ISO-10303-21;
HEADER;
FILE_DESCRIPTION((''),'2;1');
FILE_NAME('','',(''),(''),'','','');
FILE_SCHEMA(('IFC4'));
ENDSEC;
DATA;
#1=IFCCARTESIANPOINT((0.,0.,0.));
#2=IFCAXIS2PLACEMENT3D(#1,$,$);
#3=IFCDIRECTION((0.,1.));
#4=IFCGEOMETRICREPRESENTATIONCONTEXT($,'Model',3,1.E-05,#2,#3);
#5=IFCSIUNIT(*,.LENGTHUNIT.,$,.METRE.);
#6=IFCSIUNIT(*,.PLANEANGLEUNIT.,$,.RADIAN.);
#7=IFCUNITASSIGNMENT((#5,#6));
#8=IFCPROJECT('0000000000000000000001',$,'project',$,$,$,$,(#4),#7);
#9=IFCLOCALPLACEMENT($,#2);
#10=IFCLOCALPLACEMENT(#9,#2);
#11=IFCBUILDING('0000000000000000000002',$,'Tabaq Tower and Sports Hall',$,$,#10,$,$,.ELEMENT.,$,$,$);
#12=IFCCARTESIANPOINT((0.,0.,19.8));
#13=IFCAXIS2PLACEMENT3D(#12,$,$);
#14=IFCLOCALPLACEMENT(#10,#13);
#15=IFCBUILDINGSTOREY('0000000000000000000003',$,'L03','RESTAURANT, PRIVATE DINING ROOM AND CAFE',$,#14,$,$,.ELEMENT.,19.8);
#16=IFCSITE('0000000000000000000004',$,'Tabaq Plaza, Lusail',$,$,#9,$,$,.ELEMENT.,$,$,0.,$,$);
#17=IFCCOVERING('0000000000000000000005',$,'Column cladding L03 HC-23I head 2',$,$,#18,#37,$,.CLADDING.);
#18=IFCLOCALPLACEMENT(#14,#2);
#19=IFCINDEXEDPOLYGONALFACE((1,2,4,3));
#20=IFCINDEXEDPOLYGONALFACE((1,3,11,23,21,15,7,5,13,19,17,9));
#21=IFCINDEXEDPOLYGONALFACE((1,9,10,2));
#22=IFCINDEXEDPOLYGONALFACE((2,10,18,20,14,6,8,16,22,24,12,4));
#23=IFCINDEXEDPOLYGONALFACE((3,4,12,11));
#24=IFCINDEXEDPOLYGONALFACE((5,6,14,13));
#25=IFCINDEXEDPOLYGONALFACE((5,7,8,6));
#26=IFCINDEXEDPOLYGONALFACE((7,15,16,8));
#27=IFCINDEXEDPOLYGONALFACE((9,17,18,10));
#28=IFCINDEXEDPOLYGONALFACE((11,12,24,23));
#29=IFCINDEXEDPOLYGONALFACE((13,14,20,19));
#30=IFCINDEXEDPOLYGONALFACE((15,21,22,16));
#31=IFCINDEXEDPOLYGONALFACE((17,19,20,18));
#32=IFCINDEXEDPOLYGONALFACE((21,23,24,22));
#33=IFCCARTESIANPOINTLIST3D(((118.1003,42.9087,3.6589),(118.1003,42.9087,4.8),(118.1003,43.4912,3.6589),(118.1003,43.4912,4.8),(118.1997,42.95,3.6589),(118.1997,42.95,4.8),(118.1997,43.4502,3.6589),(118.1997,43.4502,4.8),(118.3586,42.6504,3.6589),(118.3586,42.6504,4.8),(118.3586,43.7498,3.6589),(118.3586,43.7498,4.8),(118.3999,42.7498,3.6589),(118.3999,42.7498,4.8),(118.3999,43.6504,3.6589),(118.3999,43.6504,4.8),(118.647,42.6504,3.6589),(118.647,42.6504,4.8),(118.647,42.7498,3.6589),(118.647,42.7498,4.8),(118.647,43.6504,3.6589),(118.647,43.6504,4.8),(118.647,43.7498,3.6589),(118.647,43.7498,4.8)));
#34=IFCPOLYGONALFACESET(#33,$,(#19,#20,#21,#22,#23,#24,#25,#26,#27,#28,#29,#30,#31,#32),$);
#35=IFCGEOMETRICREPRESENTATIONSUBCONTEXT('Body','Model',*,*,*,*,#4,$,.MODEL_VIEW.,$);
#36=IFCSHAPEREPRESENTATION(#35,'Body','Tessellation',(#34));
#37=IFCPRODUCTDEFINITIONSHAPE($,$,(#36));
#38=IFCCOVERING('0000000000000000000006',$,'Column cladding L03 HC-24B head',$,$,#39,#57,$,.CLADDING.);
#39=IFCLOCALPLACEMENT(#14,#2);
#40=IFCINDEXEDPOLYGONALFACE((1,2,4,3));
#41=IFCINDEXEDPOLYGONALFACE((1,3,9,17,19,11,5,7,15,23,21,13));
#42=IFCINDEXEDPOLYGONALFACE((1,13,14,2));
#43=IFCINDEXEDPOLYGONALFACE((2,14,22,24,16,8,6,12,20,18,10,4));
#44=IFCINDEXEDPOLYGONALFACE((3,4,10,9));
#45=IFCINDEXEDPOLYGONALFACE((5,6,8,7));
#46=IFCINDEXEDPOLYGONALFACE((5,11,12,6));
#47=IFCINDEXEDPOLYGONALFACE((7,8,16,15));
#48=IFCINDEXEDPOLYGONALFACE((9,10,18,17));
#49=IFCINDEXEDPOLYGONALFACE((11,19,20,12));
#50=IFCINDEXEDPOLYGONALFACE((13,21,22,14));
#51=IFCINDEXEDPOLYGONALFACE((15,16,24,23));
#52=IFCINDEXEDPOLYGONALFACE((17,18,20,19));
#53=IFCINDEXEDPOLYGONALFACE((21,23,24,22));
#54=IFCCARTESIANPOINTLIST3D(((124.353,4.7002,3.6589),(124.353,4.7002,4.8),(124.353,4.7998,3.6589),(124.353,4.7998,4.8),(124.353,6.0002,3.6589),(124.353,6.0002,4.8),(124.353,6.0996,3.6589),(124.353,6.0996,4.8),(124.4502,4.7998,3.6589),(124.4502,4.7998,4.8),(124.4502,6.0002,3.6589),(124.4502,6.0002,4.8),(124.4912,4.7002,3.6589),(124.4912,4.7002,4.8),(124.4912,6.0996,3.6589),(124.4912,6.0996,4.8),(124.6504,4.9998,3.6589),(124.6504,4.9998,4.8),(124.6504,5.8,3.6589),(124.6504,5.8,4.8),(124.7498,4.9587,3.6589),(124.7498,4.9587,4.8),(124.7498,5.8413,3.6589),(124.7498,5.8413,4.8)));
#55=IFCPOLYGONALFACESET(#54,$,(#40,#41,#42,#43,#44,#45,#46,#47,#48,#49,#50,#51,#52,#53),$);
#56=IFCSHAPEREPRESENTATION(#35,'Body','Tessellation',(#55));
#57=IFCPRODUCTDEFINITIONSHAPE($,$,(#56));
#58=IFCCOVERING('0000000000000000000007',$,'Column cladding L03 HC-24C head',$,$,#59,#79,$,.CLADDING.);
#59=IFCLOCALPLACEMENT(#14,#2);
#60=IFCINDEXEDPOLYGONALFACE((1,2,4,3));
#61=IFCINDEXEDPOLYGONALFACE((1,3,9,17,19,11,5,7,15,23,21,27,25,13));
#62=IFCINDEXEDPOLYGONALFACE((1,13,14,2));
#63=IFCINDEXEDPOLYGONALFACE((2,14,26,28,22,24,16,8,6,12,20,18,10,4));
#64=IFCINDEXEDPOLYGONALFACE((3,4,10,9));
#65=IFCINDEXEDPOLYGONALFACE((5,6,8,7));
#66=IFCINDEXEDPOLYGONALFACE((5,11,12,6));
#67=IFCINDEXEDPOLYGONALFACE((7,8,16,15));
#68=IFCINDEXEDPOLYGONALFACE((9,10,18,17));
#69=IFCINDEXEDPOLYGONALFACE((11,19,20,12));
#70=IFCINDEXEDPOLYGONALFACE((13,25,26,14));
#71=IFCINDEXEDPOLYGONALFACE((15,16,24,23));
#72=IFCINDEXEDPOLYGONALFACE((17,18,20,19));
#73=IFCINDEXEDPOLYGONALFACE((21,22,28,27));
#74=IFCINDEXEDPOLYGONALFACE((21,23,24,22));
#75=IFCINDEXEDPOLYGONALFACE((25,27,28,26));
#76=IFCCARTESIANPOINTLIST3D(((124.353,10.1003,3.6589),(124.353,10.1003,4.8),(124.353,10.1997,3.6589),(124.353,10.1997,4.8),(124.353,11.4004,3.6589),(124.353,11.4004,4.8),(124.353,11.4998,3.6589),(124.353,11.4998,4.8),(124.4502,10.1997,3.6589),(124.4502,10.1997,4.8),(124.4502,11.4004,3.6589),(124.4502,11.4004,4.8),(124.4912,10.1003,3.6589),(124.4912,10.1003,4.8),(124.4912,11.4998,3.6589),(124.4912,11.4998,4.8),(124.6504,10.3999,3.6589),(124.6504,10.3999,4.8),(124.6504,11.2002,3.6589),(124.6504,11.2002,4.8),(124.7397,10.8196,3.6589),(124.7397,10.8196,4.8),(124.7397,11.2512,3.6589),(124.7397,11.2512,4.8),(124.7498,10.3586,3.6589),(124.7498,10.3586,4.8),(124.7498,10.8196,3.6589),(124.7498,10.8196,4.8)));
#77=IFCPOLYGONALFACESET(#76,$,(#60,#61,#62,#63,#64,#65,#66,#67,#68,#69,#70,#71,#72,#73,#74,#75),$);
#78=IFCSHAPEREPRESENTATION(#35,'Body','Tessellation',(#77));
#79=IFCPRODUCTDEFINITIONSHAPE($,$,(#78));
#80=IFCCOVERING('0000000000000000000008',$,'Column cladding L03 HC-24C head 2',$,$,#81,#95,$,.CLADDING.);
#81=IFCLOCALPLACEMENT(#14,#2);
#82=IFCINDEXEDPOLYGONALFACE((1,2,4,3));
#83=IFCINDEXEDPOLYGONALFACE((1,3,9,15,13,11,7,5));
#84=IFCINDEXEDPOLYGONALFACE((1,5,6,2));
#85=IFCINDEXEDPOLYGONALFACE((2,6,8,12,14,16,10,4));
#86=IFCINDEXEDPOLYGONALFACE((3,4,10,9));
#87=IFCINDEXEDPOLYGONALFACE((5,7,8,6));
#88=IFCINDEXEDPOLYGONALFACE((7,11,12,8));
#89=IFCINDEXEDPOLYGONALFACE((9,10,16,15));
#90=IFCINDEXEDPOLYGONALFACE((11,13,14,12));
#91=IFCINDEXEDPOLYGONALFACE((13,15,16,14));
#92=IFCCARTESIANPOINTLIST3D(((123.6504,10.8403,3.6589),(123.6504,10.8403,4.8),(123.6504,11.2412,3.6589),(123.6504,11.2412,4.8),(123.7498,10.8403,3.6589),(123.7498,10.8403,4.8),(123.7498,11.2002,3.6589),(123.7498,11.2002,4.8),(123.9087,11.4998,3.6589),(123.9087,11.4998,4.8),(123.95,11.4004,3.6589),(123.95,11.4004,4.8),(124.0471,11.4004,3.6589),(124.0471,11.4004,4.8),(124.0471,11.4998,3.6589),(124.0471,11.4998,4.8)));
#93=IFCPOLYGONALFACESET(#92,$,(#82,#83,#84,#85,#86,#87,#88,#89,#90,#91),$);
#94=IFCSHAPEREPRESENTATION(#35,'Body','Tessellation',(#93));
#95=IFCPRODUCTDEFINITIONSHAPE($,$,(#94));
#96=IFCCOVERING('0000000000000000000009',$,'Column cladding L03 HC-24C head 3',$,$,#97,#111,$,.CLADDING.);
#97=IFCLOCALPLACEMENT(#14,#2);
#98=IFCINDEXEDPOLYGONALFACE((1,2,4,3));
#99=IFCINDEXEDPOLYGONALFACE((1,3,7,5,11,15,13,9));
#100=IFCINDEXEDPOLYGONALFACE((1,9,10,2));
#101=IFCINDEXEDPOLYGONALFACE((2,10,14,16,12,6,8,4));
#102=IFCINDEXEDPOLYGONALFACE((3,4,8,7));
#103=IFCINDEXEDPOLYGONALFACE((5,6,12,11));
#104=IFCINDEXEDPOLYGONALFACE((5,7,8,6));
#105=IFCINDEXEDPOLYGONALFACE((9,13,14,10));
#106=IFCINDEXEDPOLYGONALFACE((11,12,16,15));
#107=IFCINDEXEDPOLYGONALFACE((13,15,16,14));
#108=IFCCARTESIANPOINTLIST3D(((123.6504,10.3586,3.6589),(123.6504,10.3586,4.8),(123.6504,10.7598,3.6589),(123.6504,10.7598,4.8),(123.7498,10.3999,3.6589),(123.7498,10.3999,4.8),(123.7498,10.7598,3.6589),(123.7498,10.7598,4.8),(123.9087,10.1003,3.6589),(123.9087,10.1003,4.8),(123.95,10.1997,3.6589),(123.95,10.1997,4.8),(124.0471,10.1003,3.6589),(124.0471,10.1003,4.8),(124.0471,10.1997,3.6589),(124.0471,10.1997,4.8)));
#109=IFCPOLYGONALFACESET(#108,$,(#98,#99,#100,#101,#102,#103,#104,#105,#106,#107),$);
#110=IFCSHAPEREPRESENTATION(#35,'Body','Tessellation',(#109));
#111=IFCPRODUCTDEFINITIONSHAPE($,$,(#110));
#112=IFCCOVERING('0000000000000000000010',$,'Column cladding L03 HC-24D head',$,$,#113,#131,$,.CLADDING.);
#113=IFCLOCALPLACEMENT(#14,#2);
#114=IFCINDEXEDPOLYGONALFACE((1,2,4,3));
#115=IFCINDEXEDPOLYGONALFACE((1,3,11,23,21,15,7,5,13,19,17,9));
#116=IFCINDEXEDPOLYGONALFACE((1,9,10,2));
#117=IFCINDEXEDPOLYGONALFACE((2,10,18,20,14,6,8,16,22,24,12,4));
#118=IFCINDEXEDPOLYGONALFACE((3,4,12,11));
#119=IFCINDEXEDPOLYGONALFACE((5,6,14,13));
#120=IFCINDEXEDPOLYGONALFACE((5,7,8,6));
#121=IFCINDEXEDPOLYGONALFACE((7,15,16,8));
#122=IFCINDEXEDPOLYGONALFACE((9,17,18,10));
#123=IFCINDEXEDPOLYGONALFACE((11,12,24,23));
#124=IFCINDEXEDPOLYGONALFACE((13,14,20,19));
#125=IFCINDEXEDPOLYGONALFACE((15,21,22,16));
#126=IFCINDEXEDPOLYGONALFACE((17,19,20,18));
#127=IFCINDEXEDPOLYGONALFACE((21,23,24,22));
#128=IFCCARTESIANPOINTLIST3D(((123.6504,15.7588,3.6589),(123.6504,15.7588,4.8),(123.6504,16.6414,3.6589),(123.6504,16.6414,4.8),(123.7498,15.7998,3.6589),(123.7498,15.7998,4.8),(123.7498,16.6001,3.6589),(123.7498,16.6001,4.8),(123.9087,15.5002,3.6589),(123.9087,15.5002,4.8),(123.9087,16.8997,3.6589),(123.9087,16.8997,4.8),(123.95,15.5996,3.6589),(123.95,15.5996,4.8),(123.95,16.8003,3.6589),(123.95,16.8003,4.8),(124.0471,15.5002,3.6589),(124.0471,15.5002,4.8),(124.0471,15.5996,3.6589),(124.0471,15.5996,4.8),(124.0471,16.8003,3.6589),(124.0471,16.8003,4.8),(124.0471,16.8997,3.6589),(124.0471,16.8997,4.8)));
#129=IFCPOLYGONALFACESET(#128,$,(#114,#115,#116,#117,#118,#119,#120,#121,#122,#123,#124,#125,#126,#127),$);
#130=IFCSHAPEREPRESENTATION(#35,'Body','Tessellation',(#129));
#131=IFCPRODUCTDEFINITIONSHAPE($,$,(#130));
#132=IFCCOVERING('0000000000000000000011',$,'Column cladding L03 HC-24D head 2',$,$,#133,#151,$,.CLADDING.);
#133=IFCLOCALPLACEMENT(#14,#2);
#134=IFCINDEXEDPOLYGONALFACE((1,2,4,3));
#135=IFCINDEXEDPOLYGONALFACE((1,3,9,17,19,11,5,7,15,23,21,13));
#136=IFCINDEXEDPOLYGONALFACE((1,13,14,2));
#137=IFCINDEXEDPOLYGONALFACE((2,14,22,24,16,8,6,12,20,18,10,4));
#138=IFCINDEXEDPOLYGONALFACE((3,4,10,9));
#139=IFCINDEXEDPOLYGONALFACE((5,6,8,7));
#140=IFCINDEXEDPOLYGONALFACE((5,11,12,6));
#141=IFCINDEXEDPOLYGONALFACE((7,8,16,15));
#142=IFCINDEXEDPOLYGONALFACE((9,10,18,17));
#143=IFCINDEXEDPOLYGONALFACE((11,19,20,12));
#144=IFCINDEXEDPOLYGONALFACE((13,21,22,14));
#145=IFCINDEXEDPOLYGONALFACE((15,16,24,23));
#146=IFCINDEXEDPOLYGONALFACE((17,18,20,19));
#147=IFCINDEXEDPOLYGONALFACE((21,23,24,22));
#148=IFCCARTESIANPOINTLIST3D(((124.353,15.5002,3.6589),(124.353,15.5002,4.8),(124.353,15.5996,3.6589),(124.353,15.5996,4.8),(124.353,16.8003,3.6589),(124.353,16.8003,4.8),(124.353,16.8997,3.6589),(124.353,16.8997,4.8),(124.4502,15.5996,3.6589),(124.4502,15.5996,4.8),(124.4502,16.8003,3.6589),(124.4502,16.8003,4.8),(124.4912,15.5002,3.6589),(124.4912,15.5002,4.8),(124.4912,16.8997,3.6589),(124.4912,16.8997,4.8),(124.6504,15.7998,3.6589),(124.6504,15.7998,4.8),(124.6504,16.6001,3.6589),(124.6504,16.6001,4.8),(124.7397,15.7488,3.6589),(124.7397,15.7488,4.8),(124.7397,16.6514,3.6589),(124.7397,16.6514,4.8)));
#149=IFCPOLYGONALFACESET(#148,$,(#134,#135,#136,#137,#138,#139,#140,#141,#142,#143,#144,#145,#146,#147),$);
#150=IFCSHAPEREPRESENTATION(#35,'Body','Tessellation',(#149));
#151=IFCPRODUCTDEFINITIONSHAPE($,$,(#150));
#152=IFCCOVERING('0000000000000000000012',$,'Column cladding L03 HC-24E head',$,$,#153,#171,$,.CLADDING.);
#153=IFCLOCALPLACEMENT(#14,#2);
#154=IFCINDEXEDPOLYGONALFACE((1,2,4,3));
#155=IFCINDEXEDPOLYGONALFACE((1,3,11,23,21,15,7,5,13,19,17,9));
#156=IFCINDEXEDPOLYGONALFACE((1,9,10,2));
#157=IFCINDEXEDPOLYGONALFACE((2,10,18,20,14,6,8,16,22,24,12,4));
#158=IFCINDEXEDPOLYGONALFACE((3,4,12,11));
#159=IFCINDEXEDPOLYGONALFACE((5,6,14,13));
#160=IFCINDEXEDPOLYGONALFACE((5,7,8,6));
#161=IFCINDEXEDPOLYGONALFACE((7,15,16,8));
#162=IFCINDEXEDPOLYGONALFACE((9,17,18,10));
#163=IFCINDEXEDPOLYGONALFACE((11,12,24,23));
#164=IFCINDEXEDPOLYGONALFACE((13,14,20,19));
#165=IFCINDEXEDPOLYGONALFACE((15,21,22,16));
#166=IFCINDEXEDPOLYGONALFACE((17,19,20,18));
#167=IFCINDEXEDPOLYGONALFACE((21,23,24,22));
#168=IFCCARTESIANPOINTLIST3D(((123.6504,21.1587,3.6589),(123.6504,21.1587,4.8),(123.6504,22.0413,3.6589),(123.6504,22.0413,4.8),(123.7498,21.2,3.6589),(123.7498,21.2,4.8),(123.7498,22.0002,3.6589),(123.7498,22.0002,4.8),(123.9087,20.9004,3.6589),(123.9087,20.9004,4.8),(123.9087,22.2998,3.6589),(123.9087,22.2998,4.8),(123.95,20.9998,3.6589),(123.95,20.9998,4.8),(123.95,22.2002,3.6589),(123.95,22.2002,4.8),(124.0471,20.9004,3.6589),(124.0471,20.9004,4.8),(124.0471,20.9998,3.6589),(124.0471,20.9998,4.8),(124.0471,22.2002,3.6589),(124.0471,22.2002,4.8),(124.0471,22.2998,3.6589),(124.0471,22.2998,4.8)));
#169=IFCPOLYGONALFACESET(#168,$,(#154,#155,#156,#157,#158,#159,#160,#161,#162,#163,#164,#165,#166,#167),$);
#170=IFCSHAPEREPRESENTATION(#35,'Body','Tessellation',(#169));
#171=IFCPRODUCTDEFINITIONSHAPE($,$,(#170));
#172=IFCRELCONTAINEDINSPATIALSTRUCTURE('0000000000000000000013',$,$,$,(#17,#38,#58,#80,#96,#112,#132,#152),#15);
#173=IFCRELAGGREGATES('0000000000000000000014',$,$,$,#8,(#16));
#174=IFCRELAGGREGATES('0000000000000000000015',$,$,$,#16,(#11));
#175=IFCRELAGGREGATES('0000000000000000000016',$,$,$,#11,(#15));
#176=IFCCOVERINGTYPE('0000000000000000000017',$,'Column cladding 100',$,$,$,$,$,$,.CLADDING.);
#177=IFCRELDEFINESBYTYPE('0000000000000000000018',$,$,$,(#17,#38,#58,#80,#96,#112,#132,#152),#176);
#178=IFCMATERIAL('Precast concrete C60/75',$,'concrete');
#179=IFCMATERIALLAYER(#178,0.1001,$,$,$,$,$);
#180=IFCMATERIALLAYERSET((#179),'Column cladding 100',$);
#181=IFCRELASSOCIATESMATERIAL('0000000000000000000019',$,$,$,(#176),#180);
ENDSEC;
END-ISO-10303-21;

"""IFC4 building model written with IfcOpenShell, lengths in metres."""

from ifc_helpers import new_model, si_unit, direction, frame, origin, place, context, subcontext, project, spatial, polyline, outline, extrude, material, layer, layer_set, type_object, element, save


model = new_model("IFC4")

# Units and contexts
model_context = context("Model", 3, precision=1e-05, world=origin(), true_north=direction((0.0, 1.0)))
body_context = subcontext(model_context, "Body", "Model", "MODEL_VIEW")
ifc_project = project(units=[si_unit("LENGTHUNIT", "METRE"), si_unit("PLANEANGLEUNIT", "RADIAN")], contexts=[model_context])

# Site, building, storey
site_placement = place(None, origin())
site = spatial("IfcSite", under=ifc_project, at=site_placement, Name="Tabaq Plaza, Lusail", CompositionType="ELEMENT", RefElevation=0.0)
building_placement = place(site_placement, origin())
building = spatial("IfcBuilding", under=site, at=building_placement, Name="Tabaq Tower and Sports Hall", CompositionType="ELEMENT")
storey_placement = place(building_placement, frame((0.0, 0.0, 19.8)))
storey = spatial("IfcBuildingStorey", under=building, at=storey_placement, Name="L03", Description="RESTAURANT, PRIVATE DINING ROOM AND CAFE", CompositionType="ELEMENT", Elevation=19.8)

# Coverings
ifc_material = material(Name="Precast concrete C60/75", Category="concrete")
ifc_layer = layer(ifc_material, 0.1001)
ifc_layer_set = layer_set([ifc_layer], Name="Column cladding 100")
covering_type = type_object("IfcCoveringType", Name="Column cladding 100", PredefinedType="CLADDING", material=ifc_layer_set)
covering_1_placement = place(storey_placement, frame((0.0, 0.0, 3.6589)))
element("IfcCovering", 1, at=covering_1_placement, inside=storey, type_object=covering_type, Name="Column cladding L03 HC-23I head 2", PredefinedType="CLADDING", context=body_context, shape_type="SweptSolid", body=[
    extrude(outline(polyline([(118.1003, 43.4912), (118.3586, 43.7498), (118.647, 43.7498), (118.647, 43.6504), (118.3999, 43.6504), (118.1997, 43.4502), (118.1997, 42.95), (118.3999, 42.7498), (118.647, 42.7498), (118.647, 42.6504), (118.3586, 42.6504), (118.1003, 42.9087), (118.1003, 43.4912)])), origin(), (0.0, 0.0, 1.0), 1.1411),
])
covering_2_placement = place(storey_placement, frame((0.0, 0.0, 3.6589)))
element("IfcCovering", 2, at=covering_2_placement, inside=storey, type_object=covering_type, Name="Column cladding L03 HC-24B head", PredefinedType="CLADDING", context=body_context, shape_type="SweptSolid", body=[
    extrude(outline(polyline([(124.4502, 4.7998), (124.6504, 4.9998), (124.6504, 5.8), (124.4502, 6.0002), (124.353, 6.0002), (124.353, 6.0996), (124.4912, 6.0996), (124.7498, 5.8413), (124.7498, 4.9587), (124.4912, 4.7002), (124.353, 4.7002), (124.353, 4.7998), (124.4502, 4.7998)])), origin(), (0.0, 0.0, 1.0), 1.1411),
])
covering_3_placement = place(storey_placement, frame((0.0, 0.0, 3.6589)))
element("IfcCovering", 3, at=covering_3_placement, inside=storey, type_object=covering_type, Name="Column cladding L03 HC-24C head", PredefinedType="CLADDING", context=body_context, shape_type="SweptSolid", body=[
    extrude(outline(polyline([(124.4502, 10.1997), (124.6504, 10.3999), (124.6504, 11.2002), (124.4502, 11.4004), (124.353, 11.4004), (124.353, 11.4998), (124.4912, 11.4998), (124.7397, 11.2512), (124.7397, 10.8196), (124.7498, 10.8196), (124.7498, 10.3586), (124.4912, 10.1003), (124.353, 10.1003), (124.353, 10.1997), (124.4502, 10.1997)])), origin(), (0.0, 0.0, 1.0), 1.1411),
])
covering_4_placement = place(storey_placement, frame((0.0, 0.0, 3.6589)))
element("IfcCovering", 4, at=covering_4_placement, inside=storey, type_object=covering_type, Name="Column cladding L03 HC-24C head 2", PredefinedType="CLADDING", context=body_context, shape_type="SweptSolid", body=[
    extrude(outline(polyline([(123.95, 11.4004), (123.7498, 11.2002), (123.7498, 10.8403), (123.6504, 10.8403), (123.6504, 11.2412), (123.9087, 11.4998), (124.0471, 11.4998), (124.0471, 11.4004), (123.95, 11.4004)])), origin(), (0.0, 0.0, 1.0), 1.1411),
])
covering_5_placement = place(storey_placement, frame((0.0, 0.0, 3.6589)))
element("IfcCovering", 5, at=covering_5_placement, inside=storey, type_object=covering_type, Name="Column cladding L03 HC-24C head 3", PredefinedType="CLADDING", context=body_context, shape_type="SweptSolid", body=[
    extrude(outline(polyline([(123.6504, 10.3586), (123.6504, 10.7598), (123.7498, 10.7598), (123.7498, 10.3999), (123.95, 10.1997), (124.0471, 10.1997), (124.0471, 10.1003), (123.9087, 10.1003), (123.6504, 10.3586)])), origin(), (0.0, 0.0, 1.0), 1.1411),
])
covering_6_placement = place(storey_placement, frame((0.0, 0.0, 3.6589)))
element("IfcCovering", 6, at=covering_6_placement, inside=storey, type_object=covering_type, Name="Column cladding L03 HC-24D head", PredefinedType="CLADDING", context=body_context, shape_type="SweptSolid", body=[
    extrude(outline(polyline([(123.6504, 15.7588), (123.6504, 16.6414), (123.9087, 16.8997), (124.0471, 16.8997), (124.0471, 16.8003), (123.95, 16.8003), (123.7498, 16.6001), (123.7498, 15.7998), (123.95, 15.5996), (124.0471, 15.5996), (124.0471, 15.5002), (123.9087, 15.5002), (123.6504, 15.7588)])), origin(), (0.0, 0.0, 1.0), 1.1411),
])
covering_7_placement = place(storey_placement, frame((0.0, 0.0, 3.6589)))
element("IfcCovering", 7, at=covering_7_placement, inside=storey, type_object=covering_type, Name="Column cladding L03 HC-24D head 2", PredefinedType="CLADDING", context=body_context, shape_type="SweptSolid", body=[
    extrude(outline(polyline([(124.4912, 16.8997), (124.7397, 16.6514), (124.7397, 15.7488), (124.4912, 15.5002), (124.353, 15.5002), (124.353, 15.5996), (124.4502, 15.5996), (124.6504, 15.7998), (124.6504, 16.6001), (124.4502, 16.8003), (124.353, 16.8003), (124.353, 16.8997), (124.4912, 16.8997)])), origin(), (0.0, 0.0, 1.0), 1.1411),
])
covering_8_placement = place(storey_placement, frame((0.0, 0.0, 3.6589)))
element("IfcCovering", 8, at=covering_8_placement, inside=storey, type_object=covering_type, Name="Column cladding L03 HC-24E head", PredefinedType="CLADDING", context=body_context, shape_type="SweptSolid", body=[
    extrude(outline(polyline([(123.6504, 21.1587), (123.6504, 22.0413), (123.9087, 22.2998), (124.0471, 22.2998), (124.0471, 22.2002), (123.95, 22.2002), (123.7498, 22.0002), (123.7498, 21.2), (123.95, 20.9998), (124.0471, 20.9998), (124.0471, 20.9004), (123.9087, 20.9004), (123.6504, 21.1587)])), origin(), (0.0, 0.0, 1.0), 1.1411),
])

save(model, "model.ifc")
